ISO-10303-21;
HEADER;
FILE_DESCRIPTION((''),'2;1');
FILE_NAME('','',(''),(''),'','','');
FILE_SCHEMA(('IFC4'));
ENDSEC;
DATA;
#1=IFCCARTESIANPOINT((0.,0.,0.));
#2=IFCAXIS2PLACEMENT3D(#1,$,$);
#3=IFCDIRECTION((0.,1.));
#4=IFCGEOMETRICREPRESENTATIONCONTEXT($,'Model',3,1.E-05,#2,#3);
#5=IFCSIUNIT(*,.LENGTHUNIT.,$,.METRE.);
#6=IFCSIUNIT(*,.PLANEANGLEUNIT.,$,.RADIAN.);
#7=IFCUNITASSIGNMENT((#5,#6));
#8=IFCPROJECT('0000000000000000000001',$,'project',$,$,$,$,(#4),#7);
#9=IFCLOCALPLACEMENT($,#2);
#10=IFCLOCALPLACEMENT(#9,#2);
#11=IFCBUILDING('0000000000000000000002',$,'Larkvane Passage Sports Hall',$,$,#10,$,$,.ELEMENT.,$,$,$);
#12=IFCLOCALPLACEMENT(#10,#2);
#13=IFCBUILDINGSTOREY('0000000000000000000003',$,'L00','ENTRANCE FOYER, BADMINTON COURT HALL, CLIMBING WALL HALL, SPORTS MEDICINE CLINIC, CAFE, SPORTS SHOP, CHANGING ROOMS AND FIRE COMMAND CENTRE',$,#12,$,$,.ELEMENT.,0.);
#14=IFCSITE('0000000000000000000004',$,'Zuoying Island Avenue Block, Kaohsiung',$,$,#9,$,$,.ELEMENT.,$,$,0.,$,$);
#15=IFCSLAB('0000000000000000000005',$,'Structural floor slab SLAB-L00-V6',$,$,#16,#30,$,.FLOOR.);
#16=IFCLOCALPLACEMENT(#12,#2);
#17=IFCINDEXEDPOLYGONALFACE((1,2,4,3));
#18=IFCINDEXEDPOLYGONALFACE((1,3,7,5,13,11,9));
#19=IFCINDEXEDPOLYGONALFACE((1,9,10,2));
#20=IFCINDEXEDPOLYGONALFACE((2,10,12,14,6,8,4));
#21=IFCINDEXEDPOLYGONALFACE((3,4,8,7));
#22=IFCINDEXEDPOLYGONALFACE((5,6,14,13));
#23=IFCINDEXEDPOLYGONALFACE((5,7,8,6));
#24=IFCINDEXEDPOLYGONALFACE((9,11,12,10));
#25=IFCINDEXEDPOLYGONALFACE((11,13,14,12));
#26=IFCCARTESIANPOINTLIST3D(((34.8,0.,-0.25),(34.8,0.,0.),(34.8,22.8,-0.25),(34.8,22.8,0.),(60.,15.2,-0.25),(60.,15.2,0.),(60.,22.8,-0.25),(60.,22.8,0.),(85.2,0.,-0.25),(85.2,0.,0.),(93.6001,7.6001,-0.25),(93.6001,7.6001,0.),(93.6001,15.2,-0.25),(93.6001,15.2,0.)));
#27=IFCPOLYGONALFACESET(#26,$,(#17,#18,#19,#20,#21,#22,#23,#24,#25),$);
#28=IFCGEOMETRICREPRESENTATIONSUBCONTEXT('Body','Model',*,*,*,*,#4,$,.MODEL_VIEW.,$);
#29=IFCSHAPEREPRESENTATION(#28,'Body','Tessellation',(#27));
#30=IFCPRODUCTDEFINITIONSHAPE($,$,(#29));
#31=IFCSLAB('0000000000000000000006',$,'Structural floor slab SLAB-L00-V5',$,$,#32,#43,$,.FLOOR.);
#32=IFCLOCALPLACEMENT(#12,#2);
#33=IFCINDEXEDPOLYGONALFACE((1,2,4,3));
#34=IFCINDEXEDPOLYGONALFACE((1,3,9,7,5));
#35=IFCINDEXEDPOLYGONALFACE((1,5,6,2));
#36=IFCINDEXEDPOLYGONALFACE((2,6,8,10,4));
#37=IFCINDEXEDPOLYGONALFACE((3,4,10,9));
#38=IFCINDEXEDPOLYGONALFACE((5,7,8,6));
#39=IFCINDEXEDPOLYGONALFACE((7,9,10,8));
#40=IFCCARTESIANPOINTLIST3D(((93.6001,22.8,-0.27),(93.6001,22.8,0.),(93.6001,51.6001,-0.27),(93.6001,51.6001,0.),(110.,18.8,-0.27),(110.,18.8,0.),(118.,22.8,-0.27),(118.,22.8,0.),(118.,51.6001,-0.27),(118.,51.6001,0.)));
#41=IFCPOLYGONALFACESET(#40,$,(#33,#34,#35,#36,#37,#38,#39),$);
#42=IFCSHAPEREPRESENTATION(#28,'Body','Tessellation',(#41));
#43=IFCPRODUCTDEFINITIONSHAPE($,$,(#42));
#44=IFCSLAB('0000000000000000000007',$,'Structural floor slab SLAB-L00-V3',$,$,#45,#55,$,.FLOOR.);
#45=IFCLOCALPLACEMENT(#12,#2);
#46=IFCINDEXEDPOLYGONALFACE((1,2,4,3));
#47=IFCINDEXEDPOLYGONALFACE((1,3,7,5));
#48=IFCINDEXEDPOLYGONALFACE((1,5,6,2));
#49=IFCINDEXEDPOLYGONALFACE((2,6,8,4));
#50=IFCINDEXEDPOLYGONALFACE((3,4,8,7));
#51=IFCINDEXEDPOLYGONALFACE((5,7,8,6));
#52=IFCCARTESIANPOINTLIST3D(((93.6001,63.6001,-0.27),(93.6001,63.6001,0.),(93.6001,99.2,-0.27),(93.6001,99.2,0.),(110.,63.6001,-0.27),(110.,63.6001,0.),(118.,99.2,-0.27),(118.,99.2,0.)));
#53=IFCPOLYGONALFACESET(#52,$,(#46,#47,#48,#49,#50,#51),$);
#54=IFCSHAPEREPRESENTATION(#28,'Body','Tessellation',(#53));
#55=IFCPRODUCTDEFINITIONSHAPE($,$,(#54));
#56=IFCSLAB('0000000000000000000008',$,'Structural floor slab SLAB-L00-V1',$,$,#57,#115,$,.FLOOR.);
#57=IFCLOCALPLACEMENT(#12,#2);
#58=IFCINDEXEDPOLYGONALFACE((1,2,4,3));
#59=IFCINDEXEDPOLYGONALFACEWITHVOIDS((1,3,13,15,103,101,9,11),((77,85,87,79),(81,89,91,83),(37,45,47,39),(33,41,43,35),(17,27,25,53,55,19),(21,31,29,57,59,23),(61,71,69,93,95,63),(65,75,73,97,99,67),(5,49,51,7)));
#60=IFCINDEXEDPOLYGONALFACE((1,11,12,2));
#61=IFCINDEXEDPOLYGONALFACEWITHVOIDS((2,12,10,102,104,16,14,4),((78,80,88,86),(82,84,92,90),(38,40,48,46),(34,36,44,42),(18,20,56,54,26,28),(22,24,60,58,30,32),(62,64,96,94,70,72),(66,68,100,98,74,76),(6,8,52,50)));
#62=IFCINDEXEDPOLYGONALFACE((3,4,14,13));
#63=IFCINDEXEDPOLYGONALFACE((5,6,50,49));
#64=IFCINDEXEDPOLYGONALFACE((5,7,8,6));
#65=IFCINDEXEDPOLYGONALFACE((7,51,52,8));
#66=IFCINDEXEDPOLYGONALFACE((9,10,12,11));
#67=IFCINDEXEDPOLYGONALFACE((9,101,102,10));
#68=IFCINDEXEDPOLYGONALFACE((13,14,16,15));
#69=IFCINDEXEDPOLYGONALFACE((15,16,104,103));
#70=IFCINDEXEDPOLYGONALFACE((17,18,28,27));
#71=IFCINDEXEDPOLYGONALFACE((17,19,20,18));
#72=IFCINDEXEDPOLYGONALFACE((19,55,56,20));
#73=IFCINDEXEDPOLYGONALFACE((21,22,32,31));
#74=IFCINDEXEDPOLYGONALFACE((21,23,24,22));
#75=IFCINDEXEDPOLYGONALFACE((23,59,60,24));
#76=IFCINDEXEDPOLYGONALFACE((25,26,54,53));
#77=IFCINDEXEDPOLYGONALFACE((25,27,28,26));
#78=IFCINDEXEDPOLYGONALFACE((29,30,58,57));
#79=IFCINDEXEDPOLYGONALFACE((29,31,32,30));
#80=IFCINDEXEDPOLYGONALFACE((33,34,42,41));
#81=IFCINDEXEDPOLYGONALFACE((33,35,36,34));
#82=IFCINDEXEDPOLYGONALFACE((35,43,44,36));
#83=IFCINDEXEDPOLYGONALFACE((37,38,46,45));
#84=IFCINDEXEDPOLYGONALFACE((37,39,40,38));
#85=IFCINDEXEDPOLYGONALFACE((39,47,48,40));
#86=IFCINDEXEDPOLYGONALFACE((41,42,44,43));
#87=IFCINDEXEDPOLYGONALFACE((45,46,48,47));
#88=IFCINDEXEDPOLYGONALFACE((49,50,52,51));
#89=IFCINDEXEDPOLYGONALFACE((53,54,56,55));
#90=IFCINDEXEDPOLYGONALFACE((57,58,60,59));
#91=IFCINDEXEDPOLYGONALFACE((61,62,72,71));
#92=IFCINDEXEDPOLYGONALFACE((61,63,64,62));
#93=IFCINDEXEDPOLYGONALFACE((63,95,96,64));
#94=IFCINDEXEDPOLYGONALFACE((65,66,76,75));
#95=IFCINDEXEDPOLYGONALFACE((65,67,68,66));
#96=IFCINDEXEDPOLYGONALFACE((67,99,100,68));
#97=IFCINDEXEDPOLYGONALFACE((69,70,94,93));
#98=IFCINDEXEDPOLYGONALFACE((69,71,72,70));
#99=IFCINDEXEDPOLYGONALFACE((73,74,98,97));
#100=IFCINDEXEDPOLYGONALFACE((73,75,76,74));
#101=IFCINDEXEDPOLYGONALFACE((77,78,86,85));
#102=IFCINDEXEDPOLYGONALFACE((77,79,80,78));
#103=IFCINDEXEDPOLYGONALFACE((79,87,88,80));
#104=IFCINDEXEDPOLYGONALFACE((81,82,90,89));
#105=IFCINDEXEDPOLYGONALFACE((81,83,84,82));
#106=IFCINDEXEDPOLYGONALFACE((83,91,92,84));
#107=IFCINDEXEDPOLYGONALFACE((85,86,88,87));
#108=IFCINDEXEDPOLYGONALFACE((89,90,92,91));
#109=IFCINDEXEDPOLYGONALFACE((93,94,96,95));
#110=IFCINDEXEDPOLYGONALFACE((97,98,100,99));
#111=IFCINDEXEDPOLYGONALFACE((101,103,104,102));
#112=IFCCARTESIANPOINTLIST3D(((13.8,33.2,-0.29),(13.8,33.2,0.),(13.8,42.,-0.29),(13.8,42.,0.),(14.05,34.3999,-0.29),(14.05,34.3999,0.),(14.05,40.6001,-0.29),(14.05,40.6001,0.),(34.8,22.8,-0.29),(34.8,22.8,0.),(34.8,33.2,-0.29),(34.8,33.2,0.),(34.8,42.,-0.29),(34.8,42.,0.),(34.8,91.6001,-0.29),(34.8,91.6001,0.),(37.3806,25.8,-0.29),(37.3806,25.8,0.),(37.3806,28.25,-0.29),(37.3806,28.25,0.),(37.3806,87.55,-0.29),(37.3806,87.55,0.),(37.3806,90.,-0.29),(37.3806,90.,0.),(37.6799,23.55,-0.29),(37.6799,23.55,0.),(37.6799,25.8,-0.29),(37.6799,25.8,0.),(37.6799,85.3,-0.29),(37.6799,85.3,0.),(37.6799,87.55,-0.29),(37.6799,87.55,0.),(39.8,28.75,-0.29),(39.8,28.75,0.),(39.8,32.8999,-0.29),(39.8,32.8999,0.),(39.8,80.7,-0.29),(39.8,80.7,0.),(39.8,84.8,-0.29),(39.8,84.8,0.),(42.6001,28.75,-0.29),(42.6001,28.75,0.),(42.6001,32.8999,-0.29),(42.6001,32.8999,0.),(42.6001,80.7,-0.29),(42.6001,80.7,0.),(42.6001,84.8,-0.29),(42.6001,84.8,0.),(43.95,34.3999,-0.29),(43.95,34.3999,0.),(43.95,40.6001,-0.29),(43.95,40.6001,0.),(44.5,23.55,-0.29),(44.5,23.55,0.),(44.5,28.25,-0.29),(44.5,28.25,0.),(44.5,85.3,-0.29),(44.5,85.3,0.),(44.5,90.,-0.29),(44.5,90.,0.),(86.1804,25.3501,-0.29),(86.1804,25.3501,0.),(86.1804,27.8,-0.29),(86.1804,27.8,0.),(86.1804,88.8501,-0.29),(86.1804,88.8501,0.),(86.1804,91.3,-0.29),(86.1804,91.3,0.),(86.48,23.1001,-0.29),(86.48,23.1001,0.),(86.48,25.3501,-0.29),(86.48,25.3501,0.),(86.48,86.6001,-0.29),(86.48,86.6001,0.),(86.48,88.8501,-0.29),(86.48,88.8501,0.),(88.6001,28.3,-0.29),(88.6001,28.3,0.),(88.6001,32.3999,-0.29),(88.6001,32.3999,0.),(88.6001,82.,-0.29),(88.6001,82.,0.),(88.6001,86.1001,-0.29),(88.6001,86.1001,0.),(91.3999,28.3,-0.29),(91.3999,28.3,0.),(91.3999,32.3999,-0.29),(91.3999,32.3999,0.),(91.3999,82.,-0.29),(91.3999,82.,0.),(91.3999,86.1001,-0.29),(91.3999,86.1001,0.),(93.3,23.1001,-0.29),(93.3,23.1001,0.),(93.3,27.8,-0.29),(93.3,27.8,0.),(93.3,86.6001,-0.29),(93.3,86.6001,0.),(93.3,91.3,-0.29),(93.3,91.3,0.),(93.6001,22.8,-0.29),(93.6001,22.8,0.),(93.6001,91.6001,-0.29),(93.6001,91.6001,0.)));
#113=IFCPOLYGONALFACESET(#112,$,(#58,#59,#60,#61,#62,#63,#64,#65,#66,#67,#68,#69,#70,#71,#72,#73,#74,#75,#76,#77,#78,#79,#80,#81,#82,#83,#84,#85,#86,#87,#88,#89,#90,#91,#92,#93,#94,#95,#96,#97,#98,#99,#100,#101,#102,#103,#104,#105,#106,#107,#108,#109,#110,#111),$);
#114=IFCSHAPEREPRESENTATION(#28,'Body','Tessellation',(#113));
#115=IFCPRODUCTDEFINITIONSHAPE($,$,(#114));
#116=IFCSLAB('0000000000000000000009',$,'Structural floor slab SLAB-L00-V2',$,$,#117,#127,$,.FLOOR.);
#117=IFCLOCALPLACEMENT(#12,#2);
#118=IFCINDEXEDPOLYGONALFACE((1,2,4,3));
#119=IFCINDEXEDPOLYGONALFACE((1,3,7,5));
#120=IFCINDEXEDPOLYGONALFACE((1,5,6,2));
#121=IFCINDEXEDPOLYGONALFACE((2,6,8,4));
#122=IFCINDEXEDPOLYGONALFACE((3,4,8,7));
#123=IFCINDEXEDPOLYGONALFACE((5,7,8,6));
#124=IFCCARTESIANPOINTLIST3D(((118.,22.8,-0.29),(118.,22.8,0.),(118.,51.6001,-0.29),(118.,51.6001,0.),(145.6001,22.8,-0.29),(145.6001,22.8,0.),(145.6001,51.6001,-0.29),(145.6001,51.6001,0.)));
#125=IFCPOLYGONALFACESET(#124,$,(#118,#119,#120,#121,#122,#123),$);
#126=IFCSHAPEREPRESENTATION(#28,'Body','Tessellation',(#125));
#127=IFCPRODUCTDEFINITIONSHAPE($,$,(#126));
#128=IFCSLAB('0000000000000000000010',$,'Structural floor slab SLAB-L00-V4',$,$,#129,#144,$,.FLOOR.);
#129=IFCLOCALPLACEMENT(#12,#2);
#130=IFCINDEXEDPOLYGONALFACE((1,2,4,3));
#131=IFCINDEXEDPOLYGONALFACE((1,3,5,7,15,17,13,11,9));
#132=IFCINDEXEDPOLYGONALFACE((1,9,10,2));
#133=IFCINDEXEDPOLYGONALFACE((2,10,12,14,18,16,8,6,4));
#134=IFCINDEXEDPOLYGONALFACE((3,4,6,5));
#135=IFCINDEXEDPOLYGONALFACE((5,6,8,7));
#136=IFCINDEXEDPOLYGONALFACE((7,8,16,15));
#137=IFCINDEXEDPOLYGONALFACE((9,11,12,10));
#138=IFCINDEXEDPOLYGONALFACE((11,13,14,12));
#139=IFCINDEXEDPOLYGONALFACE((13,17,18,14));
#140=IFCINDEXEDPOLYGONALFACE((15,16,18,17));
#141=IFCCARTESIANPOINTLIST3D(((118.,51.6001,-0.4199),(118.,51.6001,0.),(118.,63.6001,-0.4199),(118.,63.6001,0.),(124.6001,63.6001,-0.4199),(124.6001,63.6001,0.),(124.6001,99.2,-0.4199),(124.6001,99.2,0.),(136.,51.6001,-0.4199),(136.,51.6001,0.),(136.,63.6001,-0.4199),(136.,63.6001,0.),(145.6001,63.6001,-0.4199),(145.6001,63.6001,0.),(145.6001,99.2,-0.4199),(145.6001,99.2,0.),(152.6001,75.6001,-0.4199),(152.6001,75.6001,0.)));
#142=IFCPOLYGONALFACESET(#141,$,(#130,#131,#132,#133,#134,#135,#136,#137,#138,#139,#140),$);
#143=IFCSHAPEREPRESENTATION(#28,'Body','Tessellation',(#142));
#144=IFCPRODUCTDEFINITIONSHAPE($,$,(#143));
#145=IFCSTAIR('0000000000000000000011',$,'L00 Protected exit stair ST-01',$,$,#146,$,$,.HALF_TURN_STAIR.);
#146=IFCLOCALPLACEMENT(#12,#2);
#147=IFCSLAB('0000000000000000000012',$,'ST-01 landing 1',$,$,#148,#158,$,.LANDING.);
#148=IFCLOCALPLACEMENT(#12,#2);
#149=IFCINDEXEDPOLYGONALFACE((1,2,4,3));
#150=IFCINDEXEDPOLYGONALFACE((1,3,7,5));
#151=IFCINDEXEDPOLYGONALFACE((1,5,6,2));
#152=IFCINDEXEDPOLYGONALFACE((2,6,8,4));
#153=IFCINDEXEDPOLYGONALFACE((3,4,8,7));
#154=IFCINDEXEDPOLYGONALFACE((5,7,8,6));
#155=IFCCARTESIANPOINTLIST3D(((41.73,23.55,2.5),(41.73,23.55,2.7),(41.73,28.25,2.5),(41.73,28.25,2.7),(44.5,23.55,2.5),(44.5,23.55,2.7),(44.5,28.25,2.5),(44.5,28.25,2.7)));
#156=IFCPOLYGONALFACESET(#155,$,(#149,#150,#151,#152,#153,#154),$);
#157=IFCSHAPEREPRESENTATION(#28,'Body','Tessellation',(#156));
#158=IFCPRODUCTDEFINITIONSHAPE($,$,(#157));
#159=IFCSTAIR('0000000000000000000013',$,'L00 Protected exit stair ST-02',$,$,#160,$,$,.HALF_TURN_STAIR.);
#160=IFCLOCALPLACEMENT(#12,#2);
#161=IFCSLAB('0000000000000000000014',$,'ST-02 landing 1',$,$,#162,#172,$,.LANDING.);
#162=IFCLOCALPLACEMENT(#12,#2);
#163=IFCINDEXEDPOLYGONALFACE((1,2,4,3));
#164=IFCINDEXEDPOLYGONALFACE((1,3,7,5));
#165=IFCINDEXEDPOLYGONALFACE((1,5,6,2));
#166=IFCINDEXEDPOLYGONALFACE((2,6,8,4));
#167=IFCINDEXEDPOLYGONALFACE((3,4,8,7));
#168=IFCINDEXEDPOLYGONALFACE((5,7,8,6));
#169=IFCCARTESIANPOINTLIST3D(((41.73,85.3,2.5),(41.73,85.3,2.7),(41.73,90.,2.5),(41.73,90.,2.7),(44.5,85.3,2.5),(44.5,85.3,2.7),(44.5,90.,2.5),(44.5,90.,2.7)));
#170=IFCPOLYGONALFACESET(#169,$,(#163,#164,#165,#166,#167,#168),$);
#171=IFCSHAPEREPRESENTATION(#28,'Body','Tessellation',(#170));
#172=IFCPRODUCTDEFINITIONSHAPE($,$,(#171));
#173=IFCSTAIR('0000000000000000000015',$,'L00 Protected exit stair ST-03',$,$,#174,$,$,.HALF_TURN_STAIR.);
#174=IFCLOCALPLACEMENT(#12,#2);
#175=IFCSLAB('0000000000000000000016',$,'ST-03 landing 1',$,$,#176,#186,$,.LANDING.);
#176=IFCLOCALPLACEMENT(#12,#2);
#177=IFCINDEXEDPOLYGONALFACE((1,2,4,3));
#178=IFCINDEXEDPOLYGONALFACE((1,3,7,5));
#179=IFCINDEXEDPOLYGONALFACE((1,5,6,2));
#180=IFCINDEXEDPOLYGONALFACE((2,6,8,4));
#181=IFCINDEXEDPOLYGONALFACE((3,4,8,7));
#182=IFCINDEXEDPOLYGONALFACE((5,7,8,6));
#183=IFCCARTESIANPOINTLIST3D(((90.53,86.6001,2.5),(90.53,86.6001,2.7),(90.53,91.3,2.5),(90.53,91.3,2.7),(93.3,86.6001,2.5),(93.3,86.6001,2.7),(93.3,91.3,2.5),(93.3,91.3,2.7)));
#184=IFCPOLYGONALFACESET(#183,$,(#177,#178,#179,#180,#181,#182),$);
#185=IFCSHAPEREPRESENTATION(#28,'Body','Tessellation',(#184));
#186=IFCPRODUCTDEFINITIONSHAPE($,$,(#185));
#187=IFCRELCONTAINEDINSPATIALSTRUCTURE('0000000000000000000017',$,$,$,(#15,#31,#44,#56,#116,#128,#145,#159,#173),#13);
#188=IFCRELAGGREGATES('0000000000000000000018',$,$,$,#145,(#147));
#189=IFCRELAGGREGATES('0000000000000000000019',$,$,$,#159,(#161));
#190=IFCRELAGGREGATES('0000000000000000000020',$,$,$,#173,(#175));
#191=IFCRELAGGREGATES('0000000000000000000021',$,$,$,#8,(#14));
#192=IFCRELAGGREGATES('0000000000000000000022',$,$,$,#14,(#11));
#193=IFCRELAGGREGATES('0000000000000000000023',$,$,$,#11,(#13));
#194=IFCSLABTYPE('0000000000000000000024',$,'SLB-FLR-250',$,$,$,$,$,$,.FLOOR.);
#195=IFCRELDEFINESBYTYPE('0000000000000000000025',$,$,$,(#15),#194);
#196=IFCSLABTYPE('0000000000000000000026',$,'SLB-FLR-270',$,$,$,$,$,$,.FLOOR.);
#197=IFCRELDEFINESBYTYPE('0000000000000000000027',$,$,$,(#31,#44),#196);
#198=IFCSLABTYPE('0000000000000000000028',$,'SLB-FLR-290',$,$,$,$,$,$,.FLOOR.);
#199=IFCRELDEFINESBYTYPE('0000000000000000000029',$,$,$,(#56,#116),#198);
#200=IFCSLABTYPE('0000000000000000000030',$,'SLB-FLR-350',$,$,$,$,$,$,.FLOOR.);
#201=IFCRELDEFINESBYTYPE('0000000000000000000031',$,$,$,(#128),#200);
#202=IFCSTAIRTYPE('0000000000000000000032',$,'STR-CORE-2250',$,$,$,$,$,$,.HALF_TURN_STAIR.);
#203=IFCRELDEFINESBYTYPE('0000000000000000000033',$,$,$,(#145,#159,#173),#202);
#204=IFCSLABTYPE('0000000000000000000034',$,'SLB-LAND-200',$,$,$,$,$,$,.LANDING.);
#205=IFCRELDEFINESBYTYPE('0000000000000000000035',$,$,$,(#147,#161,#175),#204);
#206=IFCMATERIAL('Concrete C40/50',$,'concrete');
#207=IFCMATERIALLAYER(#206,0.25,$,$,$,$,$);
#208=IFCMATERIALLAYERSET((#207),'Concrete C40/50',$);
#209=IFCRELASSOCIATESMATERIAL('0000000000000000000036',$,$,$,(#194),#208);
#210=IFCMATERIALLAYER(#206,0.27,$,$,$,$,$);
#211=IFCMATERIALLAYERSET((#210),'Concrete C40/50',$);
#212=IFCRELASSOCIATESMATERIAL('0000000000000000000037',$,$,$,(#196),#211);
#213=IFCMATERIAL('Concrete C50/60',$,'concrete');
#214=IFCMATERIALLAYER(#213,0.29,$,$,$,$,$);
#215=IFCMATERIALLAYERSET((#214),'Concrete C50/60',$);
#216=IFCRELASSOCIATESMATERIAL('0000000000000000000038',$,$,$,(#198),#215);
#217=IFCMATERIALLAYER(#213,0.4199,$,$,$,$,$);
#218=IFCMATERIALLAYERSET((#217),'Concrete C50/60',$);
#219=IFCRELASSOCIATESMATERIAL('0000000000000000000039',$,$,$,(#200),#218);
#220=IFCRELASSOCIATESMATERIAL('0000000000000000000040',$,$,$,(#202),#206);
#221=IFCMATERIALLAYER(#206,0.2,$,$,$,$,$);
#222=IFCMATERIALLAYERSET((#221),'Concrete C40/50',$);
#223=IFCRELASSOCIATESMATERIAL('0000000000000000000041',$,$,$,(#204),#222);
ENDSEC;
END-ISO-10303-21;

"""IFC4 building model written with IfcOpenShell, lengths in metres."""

from ifc_helpers import new_model, si_unit, direction, frame, origin, place, context, subcontext, project, spatial, polyline, outline, extrude, material, layer, layer_set, type_object, element, aggregate, save


model = new_model("IFC4")

# Units and contexts
model_context = context("Model", 3, precision=1e-05, world=origin(), true_north=direction((0.0, 1.0)))
body_context = subcontext(model_context, "Body", "Model", "MODEL_VIEW")
ifc_project = project(units=[si_unit("LENGTHUNIT", "METRE"), si_unit("PLANEANGLEUNIT", "RADIAN")], contexts=[model_context])

# Site, building, storey
site_placement = place(None, origin())
site = spatial("IfcSite", under=ifc_project, at=site_placement, Name="Zuoying Island Avenue Block, Kaohsiung", CompositionType="ELEMENT", RefElevation=0.0)
building_placement = place(site_placement, origin())
building = spatial("IfcBuilding", under=site, at=building_placement, Name="Larkvane Passage Sports Hall", CompositionType="ELEMENT")
storey_placement = place(building_placement, origin())
storey = spatial("IfcBuildingStorey", under=building, at=storey_placement, Name="L00", Description="ENTRANCE FOYER, BADMINTON COURT HALL, CLIMBING WALL HALL, SPORTS MEDICINE CLINIC, CAFE, SPORTS SHOP, CHANGING ROOMS AND FIRE COMMAND CENTRE", CompositionType="ELEMENT", Elevation=0.0)

# Slabs
ifc_material_1 = material(Name="Concrete C40/50", Category="concrete")
ifc_layer_1 = layer(ifc_material_1, 0.25)
ifc_layer_set_1 = layer_set([ifc_layer_1], Name="Concrete C40/50")
slab_type_1 = type_object("IfcSlabType", Name="SLB-FLR-250", PredefinedType="FLOOR", material=ifc_layer_set_1)
slab_1_placement = place(storey_placement, frame((0.0, 0.0, -0.25)))
element("IfcSlab", 1, at=slab_1_placement, inside=storey, type_object=slab_type_1, Name="Structural floor slab SLAB-L00-V6", PredefinedType="FLOOR", context=body_context, shape_type="SweptSolid", body=[
    extrude(outline(polyline([(34.8, 0.0), (85.2, 0.0), (93.6001, 7.6001), (93.6001, 15.2), (60.0, 15.2), (60.0, 22.8), (34.8, 22.8), (34.8, 0.0)])), origin(), (0.0, 0.0, 1.0), 0.25),
])
ifc_layer_2 = layer(ifc_material_1, 0.27)
ifc_layer_set_2 = layer_set([ifc_layer_2], Name="Concrete C40/50")
slab_type_2 = type_object("IfcSlabType", Name="SLB-FLR-270", PredefinedType="FLOOR", material=ifc_layer_set_2)
slab_2_placement = place(storey_placement, frame((0.0, 0.0, -0.27)))
element("IfcSlab", 2, at=slab_2_placement, inside=storey, type_object=slab_type_2, Name="Structural floor slab SLAB-L00-V5", PredefinedType="FLOOR", context=body_context, shape_type="SweptSolid", body=[
    extrude(outline(polyline([(93.6001, 22.8), (110.0, 18.8), (118.0, 22.8), (118.0, 51.6001), (93.6001, 51.6001), (93.6001, 22.8)])), origin(), (0.0, 0.0, 1.0), 0.27),
])
slab_3_placement = place(storey_placement, frame((0.0, 0.0, -0.27)))
element("IfcSlab", 3, at=slab_3_placement, inside=storey, type_object=slab_type_2, Name="Structural floor slab SLAB-L00-V3", PredefinedType="FLOOR", context=body_context, shape_type="SweptSolid", body=[
    extrude(outline(polyline([(93.6001, 63.6001), (110.0, 63.6001), (118.0, 99.2), (93.6001, 99.2), (93.6001, 63.6001)])), origin(), (0.0, 0.0, 1.0), 0.27),
])
ifc_material_2 = material(Name="Concrete C50/60", Category="concrete")
ifc_layer_3 = layer(ifc_material_2, 0.29)
ifc_layer_set_3 = layer_set([ifc_layer_3], Name="Concrete C50/60")
slab_type_3 = type_object("IfcSlabType", Name="SLB-FLR-290", PredefinedType="FLOOR", material=ifc_layer_set_3)
slab_4_placement = place(storey_placement, frame((0.0, 0.0, -0.29)))
element("IfcSlab", 4, at=slab_4_placement, inside=storey, type_object=slab_type_3, Name="Structural floor slab SLAB-L00-V1", PredefinedType="FLOOR", context=body_context, shape_type="SweptSolid", body=[
    extrude(outline(polyline([(13.8, 33.2), (34.8, 33.2), (34.8, 22.8), (93.6001, 22.8), (93.6001, 91.6001), (34.8, 91.6001), (34.8, 42.0), (13.8, 42.0), (13.8, 33.2)]), holes=[polyline([(37.6799, 23.55), (37.6799, 25.8), (37.3806, 25.8), (37.3806, 28.25), (44.5, 28.25), (44.5, 23.55), (37.6799, 23.55)]), polyline([(37.6799, 85.3), (37.6799, 87.55), (37.3806, 87.55), (37.3806, 90.0), (44.5, 90.0), (44.5, 85.3), (37.6799, 85.3)]), polyline([(86.48, 86.6001), (86.48, 88.8501), (86.1804, 88.8501), (86.1804, 91.3), (93.3, 91.3), (93.3, 86.6001), (86.48, 86.6001)]), polyline([(86.48, 23.1001), (86.48, 25.3501), (86.1804, 25.3501), (86.1804, 27.8), (93.3, 27.8), (93.3, 23.1001), (86.48, 23.1001)]), polyline([(39.8, 32.8999), (42.6001, 32.8999), (42.6001, 28.75), (39.8, 28.75), (39.8, 32.8999)]), polyline([(39.8, 84.8), (42.6001, 84.8), (42.6001, 80.7), (39.8, 80.7), (39.8, 84.8)]), polyline([(88.6001, 86.1001), (91.3999, 86.1001), (91.3999, 82.0), (88.6001, 82.0), (88.6001, 86.1001)]), polyline([(88.6001, 32.3999), (91.3999, 32.3999), (91.3999, 28.3), (88.6001, 28.3), (88.6001, 32.3999)]), polyline([(14.05, 40.6001), (43.95, 40.6001), (43.95, 34.3999), (14.05, 34.3999), (14.05, 40.6001)])]), origin(), (0.0, 0.0, 1.0), 0.29),
])
slab_5_placement = place(storey_placement, frame((0.0, 0.0, -0.29)))
element("IfcSlab", 5, at=slab_5_placement, inside=storey, type_object=slab_type_3, Name="Structural floor slab SLAB-L00-V2", PredefinedType="FLOOR", context=body_context, shape_type="SweptSolid", body=[
    extrude(outline(polyline([(118.0, 22.8), (145.6001, 22.8), (145.6001, 51.6001), (118.0, 51.6001), (118.0, 22.8)])), origin(), (0.0, 0.0, 1.0), 0.29),
])
ifc_layer_4 = layer(ifc_material_2, 0.4199)
ifc_layer_set_4 = layer_set([ifc_layer_4], Name="Concrete C50/60")
slab_type_4 = type_object("IfcSlabType", Name="SLB-FLR-350", PredefinedType="FLOOR", material=ifc_layer_set_4)
slab_6_placement = place(storey_placement, frame((0.0, 0.0, -0.4199)))
element("IfcSlab", 6, at=slab_6_placement, inside=storey, type_object=slab_type_4, Name="Structural floor slab SLAB-L00-V4", PredefinedType="FLOOR", context=body_context, shape_type="SweptSolid", body=[
    extrude(outline(polyline([(118.0, 51.6001), (136.0, 51.6001), (136.0, 63.6001), (145.6001, 63.6001), (152.6001, 75.6001), (145.6001, 99.2), (124.6001, 99.2), (124.6001, 63.6001), (118.0, 63.6001), (118.0, 51.6001)])), origin(), (0.0, 0.0, 1.0), 0.4199),
])

# Stairs, slabs
stair_type_1 = type_object("IfcStairType", Name="STR-CORE-2250", PredefinedType="HALF_TURN_STAIR", material=ifc_material_1)
stair_1_placement = place(storey_placement, origin())
stair_1 = element("IfcStair", 7, at=stair_1_placement, inside=storey, type_object=stair_type_1, Name="L00 Protected exit stair ST-01", PredefinedType="HALF_TURN_STAIR")
ifc_layer_5 = layer(ifc_material_1, 0.2)
ifc_layer_set_5 = layer_set([ifc_layer_5], Name="Concrete C40/50")
slab_type_5 = type_object("IfcSlabType", Name="SLB-LAND-200", PredefinedType="LANDING", material=ifc_layer_set_5)
slab_7_placement = place(storey_placement, frame((0.0, 0.0, 2.5)))
slab_7 = element("IfcSlab", 8, at=slab_7_placement, type_object=slab_type_5, Name="ST-01 landing 1", PredefinedType="LANDING", context=body_context, shape_type="SweptSolid", body=[
    extrude(outline(polyline([(41.73, 23.55), (44.5, 23.55), (44.5, 28.25), (41.73, 28.25), (41.73, 23.55)])), origin(), (0.0, 0.0, 1.0), 0.2),
])
aggregate(stair_1, [slab_7])
stair_2_placement = place(storey_placement, origin())
stair_2 = element("IfcStair", 9, at=stair_2_placement, inside=storey, type_object=stair_type_1, Name="L00 Protected exit stair ST-02", PredefinedType="HALF_TURN_STAIR")
slab_8_placement = place(storey_placement, frame((0.0, 0.0, 2.5)))
slab_8 = element("IfcSlab", 10, at=slab_8_placement, type_object=slab_type_5, Name="ST-02 landing 1", PredefinedType="LANDING", context=body_context, shape_type="SweptSolid", body=[
    extrude(outline(polyline([(41.73, 85.3), (44.5, 85.3), (44.5, 90.0), (41.73, 90.0), (41.73, 85.3)])), origin(), (0.0, 0.0, 1.0), 0.2),
])
aggregate(stair_2, [slab_8])
stair_3_placement = place(storey_placement, origin())
stair_3 = element("IfcStair", 11, at=stair_3_placement, inside=storey, type_object=stair_type_1, Name="L00 Protected exit stair ST-03", PredefinedType="HALF_TURN_STAIR")
slab_9_placement = place(storey_placement, frame((0.0, 0.0, 2.5)))
slab_9 = element("IfcSlab", 12, at=slab_9_placement, type_object=slab_type_5, Name="ST-03 landing 1", PredefinedType="LANDING", context=body_context, shape_type="SweptSolid", body=[
    extrude(outline(polyline([(90.53, 86.6001), (93.3, 86.6001), (93.3, 91.3), (90.53, 91.3), (90.53, 86.6001)])), origin(), (0.0, 0.0, 1.0), 0.2),
])
aggregate(stair_3, [slab_9])

save(model, "model.ifc")
